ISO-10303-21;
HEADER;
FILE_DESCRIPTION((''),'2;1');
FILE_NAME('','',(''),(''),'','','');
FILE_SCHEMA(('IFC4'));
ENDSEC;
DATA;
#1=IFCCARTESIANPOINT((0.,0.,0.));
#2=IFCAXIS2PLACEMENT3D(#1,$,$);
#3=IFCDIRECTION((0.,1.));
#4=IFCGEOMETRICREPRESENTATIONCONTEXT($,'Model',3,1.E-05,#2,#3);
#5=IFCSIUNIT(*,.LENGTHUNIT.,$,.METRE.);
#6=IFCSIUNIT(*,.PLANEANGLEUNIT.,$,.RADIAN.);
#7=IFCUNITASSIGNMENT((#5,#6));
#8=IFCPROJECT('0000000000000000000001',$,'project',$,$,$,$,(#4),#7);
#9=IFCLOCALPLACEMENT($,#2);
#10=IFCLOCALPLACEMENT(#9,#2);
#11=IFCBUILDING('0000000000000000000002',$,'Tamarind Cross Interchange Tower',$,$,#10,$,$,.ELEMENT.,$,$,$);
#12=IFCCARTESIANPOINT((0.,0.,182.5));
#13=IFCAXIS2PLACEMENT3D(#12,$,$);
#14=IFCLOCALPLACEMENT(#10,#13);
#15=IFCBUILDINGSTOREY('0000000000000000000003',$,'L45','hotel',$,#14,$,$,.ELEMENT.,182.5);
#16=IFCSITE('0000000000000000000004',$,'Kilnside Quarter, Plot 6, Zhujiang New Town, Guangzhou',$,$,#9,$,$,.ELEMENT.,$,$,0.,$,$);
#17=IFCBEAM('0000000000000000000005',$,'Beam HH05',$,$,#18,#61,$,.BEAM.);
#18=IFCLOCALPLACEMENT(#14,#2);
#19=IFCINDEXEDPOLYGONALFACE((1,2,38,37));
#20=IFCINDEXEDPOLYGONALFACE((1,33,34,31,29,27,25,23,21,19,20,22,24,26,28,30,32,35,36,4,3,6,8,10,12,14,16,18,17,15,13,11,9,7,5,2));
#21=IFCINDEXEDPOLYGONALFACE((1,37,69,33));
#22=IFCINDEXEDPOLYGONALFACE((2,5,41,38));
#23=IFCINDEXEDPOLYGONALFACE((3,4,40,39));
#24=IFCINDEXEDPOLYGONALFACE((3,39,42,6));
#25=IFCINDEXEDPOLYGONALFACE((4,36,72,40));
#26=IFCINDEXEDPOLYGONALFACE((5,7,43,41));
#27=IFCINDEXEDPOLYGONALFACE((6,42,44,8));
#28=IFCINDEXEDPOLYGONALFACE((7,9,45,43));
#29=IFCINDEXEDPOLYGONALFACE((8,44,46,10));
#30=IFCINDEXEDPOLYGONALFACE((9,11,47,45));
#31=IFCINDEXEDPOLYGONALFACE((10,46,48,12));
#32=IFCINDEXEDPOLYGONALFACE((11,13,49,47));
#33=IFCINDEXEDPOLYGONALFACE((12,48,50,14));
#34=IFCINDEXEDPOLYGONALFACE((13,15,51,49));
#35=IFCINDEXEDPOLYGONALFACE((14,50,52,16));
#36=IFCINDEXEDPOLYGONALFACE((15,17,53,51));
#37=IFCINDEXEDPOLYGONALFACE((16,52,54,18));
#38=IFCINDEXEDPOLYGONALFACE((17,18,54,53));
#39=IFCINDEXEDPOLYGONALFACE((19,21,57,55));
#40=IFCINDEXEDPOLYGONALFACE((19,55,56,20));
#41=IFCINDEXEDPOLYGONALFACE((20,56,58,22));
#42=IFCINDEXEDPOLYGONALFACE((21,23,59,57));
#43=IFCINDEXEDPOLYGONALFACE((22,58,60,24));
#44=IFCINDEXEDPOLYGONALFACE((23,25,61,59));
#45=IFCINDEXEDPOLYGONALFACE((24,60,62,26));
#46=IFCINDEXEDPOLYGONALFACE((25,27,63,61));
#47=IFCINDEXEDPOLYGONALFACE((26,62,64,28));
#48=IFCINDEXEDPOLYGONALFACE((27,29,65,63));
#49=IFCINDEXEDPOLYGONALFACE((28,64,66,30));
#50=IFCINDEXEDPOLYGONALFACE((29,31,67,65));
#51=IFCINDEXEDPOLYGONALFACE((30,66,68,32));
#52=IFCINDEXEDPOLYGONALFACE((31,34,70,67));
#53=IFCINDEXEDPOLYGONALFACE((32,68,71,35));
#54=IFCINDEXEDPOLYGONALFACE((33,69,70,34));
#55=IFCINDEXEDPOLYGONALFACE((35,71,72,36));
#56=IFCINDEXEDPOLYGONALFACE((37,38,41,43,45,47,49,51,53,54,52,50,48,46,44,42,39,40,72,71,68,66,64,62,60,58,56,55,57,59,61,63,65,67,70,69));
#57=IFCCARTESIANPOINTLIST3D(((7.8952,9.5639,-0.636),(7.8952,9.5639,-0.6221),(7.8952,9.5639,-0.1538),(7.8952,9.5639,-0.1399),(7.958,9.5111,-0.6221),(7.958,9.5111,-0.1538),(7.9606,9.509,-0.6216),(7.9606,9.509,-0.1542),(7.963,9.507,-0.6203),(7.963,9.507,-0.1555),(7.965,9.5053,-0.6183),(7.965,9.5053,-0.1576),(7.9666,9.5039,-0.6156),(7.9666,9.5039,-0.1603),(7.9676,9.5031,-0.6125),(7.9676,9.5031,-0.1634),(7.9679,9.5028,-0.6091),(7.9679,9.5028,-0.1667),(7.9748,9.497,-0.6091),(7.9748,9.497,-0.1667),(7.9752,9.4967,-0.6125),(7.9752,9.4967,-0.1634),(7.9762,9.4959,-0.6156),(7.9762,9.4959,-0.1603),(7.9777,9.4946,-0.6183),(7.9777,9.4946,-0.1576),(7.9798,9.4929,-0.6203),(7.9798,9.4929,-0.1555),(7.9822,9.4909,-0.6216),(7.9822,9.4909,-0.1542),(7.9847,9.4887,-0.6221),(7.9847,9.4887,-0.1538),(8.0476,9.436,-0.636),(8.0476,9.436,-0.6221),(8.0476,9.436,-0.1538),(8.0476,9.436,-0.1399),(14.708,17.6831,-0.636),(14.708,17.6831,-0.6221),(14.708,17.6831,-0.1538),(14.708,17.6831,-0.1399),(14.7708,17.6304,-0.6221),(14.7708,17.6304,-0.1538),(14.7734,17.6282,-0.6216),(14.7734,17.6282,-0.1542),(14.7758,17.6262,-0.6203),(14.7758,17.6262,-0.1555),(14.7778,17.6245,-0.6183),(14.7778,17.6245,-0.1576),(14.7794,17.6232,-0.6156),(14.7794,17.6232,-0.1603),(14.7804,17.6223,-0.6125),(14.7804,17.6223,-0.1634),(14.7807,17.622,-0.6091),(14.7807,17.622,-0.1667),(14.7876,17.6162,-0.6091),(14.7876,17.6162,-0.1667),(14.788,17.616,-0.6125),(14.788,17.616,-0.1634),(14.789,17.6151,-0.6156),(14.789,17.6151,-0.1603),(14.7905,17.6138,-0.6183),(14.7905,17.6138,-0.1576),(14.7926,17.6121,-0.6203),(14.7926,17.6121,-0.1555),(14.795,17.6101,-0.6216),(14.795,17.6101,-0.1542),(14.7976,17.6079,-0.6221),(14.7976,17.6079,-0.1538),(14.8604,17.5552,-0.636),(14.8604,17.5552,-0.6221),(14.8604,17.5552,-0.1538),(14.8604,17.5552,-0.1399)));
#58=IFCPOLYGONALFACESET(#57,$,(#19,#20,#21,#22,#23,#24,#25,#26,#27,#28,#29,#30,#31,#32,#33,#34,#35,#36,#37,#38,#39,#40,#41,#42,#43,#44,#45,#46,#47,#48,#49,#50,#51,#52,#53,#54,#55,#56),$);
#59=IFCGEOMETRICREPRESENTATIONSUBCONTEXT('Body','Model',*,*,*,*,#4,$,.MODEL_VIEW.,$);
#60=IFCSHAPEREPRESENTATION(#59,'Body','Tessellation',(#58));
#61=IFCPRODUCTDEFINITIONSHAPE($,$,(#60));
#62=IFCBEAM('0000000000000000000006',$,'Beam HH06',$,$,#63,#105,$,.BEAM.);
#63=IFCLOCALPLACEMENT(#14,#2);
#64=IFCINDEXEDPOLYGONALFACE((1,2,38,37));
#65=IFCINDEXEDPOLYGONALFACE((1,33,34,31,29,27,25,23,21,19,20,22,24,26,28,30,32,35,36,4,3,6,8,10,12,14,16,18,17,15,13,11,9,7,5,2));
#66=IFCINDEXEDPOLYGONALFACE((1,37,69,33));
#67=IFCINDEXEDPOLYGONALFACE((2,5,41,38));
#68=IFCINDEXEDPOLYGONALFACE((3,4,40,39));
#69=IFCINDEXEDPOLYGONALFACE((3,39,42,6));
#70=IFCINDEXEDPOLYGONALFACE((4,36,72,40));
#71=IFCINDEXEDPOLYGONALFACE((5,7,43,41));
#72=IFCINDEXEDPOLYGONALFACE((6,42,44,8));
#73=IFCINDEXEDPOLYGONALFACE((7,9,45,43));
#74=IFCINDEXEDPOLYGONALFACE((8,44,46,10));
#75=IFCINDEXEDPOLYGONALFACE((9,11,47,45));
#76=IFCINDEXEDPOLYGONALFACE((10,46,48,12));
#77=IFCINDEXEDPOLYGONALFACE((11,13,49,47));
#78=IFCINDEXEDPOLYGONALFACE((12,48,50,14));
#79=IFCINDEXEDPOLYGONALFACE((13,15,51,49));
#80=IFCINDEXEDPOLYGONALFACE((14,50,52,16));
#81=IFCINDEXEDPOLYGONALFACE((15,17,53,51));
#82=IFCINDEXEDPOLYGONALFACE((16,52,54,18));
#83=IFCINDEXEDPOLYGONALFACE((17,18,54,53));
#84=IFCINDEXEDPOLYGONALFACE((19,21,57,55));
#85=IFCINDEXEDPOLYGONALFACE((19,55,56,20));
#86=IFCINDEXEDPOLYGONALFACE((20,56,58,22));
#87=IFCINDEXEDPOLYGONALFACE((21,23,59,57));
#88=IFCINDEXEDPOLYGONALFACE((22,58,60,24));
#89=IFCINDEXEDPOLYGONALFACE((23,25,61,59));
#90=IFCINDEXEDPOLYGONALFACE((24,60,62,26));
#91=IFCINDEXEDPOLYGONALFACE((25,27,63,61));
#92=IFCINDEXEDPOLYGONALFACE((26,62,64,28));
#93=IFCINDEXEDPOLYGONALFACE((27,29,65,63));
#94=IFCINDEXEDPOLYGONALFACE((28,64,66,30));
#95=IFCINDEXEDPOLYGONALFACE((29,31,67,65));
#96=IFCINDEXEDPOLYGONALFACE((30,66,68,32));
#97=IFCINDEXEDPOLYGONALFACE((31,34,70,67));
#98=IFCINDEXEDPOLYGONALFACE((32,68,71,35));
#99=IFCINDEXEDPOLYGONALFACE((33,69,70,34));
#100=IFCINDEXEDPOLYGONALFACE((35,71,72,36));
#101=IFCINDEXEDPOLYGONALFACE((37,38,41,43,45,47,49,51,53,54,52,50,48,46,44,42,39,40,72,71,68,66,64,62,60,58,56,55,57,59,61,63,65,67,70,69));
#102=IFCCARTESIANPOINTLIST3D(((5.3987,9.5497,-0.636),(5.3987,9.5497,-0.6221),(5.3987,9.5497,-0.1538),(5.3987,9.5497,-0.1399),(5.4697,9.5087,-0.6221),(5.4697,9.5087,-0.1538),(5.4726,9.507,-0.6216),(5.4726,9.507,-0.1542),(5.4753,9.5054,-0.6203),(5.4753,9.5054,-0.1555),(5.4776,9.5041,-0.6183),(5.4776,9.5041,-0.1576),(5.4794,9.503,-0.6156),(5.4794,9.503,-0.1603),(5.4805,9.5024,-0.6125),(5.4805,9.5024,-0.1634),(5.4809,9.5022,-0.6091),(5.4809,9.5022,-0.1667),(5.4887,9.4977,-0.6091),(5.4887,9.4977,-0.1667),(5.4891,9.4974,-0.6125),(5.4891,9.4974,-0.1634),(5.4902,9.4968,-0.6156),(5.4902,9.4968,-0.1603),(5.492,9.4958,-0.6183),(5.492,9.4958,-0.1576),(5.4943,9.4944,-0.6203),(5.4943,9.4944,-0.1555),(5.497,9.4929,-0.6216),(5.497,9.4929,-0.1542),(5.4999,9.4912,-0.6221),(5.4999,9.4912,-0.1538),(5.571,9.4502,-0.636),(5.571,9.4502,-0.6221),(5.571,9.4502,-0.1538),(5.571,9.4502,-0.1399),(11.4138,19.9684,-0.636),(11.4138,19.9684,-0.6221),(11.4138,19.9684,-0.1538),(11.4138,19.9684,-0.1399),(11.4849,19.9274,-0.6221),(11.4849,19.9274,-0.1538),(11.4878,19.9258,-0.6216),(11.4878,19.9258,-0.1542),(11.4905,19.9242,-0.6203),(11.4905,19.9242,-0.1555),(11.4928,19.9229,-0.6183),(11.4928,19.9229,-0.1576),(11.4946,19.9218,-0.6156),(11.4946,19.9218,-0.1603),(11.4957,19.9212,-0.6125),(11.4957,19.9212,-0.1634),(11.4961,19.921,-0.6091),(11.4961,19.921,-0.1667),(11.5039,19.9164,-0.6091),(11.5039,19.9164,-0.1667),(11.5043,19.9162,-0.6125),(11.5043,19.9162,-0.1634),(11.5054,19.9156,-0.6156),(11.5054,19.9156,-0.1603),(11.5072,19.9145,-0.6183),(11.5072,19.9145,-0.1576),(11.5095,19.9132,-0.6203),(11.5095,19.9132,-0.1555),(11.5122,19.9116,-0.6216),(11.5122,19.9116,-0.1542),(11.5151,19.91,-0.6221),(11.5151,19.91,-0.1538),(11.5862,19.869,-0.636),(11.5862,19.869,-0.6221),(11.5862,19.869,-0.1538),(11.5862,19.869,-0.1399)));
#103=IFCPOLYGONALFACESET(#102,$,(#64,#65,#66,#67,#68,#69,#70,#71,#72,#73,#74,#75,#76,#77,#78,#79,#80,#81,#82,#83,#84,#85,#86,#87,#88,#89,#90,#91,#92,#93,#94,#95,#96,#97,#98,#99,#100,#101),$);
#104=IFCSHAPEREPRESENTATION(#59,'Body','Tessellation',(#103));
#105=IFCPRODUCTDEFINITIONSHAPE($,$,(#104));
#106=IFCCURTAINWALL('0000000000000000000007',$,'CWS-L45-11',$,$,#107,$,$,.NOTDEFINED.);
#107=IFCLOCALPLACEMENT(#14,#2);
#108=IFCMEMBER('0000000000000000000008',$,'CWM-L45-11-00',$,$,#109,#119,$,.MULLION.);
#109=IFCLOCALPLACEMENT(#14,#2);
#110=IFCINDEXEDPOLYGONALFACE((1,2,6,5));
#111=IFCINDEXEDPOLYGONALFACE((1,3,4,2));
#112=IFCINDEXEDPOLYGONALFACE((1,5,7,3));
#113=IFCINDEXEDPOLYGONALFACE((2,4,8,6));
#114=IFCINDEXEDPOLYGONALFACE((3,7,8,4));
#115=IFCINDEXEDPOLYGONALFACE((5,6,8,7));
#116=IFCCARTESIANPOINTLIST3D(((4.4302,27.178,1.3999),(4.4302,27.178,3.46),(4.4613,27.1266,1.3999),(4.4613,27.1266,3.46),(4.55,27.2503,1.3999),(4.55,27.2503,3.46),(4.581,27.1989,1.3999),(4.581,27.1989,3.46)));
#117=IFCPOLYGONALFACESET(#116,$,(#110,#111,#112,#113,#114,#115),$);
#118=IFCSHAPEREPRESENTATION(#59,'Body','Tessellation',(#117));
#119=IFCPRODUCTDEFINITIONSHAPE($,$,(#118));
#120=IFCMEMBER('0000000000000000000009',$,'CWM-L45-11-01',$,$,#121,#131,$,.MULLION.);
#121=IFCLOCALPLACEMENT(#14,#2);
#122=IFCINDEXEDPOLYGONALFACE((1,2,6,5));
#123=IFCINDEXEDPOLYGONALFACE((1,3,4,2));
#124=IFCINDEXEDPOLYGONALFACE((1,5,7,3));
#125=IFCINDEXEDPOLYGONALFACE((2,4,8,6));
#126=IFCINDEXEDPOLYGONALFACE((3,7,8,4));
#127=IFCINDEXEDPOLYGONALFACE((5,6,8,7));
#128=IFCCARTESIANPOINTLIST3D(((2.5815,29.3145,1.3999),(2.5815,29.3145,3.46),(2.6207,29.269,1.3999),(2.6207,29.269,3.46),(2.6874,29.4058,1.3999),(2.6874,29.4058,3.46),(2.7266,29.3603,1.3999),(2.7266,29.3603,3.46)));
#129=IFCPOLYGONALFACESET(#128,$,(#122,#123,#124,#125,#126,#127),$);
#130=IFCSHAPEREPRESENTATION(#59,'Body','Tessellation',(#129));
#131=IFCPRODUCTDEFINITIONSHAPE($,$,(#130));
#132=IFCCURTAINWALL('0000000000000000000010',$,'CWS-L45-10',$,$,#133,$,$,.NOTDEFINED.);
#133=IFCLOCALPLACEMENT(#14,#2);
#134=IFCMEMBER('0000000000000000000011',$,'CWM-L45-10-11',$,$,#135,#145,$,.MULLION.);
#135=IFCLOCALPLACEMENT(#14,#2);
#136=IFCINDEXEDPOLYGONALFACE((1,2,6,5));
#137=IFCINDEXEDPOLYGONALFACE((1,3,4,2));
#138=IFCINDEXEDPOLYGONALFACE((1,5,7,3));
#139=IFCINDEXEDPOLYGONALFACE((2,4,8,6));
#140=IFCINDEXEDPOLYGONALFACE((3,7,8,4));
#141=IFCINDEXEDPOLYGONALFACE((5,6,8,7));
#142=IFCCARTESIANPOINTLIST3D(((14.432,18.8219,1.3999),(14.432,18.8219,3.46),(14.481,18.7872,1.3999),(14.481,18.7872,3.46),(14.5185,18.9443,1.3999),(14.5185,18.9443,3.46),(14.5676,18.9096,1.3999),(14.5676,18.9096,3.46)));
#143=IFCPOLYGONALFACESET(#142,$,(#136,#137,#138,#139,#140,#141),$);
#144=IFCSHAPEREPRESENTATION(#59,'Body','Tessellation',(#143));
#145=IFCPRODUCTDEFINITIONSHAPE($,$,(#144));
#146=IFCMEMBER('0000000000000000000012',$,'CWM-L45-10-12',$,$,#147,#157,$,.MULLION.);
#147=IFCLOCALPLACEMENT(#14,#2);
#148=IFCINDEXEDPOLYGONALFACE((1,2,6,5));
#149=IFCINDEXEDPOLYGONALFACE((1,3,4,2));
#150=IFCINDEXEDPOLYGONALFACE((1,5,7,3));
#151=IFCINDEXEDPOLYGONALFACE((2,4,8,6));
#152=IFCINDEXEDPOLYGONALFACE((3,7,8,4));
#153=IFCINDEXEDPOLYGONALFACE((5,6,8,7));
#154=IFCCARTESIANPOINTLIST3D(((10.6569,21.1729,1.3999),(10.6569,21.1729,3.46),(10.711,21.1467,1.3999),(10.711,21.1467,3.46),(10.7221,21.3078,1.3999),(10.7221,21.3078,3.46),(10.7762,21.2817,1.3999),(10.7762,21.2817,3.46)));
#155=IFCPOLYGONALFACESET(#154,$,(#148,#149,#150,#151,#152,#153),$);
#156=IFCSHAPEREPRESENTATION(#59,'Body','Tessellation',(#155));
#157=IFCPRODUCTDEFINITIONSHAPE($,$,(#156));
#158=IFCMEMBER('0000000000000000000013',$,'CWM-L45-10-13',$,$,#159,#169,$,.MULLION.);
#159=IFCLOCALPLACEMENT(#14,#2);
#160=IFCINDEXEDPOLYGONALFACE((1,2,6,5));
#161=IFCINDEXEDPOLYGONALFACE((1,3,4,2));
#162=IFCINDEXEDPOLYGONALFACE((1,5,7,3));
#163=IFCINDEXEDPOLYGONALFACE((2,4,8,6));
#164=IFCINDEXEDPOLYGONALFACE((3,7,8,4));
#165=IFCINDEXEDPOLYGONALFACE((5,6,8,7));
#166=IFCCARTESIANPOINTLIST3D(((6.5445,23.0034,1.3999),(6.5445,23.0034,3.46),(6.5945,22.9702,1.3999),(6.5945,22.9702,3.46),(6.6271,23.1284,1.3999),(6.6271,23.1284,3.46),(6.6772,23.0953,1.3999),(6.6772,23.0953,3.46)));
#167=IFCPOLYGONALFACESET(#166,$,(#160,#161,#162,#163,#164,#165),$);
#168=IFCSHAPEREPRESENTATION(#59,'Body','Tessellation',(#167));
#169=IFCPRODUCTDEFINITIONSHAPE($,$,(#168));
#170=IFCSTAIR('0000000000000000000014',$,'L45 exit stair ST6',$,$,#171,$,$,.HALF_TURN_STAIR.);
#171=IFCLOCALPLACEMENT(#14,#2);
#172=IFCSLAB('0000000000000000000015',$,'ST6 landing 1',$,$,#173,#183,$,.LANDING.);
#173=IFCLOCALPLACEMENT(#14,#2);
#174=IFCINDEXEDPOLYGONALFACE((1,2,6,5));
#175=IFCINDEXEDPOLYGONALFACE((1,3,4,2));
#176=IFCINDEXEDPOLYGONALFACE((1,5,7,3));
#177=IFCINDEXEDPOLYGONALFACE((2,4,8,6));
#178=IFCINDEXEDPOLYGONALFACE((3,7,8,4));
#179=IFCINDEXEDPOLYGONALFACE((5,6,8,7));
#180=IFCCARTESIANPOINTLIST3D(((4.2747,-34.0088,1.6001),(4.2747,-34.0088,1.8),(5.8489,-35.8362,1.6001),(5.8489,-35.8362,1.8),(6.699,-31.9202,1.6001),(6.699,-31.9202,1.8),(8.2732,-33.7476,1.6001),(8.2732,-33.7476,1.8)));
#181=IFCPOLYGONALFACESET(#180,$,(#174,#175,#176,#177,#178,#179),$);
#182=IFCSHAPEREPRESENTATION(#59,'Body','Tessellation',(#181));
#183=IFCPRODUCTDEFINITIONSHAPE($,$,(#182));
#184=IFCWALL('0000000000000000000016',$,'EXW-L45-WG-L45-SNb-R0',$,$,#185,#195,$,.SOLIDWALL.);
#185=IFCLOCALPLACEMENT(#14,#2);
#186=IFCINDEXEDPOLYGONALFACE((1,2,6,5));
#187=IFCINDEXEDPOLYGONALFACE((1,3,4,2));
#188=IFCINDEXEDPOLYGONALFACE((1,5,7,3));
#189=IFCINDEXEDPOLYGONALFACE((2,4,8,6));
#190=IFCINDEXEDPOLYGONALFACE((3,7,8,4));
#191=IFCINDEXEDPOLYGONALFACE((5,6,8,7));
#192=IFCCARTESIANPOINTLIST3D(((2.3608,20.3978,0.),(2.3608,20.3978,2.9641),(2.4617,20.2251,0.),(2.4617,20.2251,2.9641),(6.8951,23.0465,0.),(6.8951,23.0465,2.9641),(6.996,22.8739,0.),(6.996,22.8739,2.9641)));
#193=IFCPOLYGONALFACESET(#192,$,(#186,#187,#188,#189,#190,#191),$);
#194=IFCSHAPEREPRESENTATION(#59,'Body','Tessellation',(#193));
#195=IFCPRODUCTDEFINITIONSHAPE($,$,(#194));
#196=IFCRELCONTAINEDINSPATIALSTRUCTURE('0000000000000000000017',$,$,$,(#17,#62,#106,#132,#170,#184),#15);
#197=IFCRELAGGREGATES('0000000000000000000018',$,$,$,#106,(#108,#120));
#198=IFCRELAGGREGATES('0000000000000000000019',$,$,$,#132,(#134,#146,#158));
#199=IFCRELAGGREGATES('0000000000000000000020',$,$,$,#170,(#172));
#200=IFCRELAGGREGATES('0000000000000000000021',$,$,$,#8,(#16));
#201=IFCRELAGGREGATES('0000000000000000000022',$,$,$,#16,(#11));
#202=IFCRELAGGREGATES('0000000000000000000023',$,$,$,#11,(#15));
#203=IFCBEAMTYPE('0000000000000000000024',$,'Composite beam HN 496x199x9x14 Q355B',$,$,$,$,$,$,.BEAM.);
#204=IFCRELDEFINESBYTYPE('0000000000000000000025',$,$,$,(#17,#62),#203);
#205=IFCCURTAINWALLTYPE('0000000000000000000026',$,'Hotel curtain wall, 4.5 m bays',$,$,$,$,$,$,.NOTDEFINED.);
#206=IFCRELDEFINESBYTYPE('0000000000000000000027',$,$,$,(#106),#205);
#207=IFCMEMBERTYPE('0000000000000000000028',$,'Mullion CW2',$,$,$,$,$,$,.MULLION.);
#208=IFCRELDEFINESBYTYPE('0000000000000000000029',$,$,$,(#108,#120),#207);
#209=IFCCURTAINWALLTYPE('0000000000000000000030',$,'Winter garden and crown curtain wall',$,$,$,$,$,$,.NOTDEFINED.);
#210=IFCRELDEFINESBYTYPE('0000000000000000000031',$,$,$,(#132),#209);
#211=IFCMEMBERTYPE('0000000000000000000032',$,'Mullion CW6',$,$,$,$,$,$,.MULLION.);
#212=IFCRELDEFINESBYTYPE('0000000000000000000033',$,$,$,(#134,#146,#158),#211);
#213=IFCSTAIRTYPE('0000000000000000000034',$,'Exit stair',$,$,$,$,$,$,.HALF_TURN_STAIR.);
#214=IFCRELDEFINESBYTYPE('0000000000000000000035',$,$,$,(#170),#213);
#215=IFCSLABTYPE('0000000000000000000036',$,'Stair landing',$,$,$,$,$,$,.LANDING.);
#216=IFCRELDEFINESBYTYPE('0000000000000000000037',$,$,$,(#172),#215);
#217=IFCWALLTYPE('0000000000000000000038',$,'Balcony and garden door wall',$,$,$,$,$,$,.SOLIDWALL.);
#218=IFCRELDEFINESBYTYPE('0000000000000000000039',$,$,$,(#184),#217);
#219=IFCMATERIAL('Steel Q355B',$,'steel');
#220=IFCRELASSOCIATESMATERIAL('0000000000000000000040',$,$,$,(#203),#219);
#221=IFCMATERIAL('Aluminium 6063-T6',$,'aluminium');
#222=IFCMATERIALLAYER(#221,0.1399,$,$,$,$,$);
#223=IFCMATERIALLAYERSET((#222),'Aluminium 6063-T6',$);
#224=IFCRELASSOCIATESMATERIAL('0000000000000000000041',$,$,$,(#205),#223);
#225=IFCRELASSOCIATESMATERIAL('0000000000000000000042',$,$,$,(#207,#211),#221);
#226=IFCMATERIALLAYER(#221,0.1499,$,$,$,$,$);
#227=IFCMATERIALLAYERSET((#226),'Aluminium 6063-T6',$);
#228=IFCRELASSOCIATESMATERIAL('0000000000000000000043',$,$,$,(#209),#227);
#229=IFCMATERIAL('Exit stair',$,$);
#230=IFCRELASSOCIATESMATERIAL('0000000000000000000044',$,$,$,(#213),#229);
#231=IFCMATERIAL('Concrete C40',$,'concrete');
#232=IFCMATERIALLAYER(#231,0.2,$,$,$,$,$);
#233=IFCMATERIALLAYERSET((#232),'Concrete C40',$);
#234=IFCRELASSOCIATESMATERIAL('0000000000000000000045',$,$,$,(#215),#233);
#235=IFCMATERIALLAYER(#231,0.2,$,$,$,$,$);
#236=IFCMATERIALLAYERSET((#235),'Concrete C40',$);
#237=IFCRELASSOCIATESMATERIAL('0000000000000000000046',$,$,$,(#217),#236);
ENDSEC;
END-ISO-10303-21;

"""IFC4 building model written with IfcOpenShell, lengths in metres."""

from ifc_helpers import new_model, si_unit, direction, frame, frame_2d, origin, origin_2d, place, context, subcontext, project, spatial, polyline, rectangle, i_section, outline, extrude, material, layer, layer_set, material_profile, profile_set, type_object, element, aggregate, save


model = new_model("IFC4")

# Units and contexts
model_context = context("Model", 3, precision=1e-05, world=origin(), true_north=direction((0.0, 1.0)))
body_context = subcontext(model_context, "Body", "Model", "MODEL_VIEW")
ifc_project = project(units=[si_unit("LENGTHUNIT", "METRE"), si_unit("PLANEANGLEUNIT", "RADIAN")], contexts=[model_context])

# Site, building, storey
site_placement = place(None, origin())
site = spatial("IfcSite", under=ifc_project, at=site_placement, Name="Kilnside Quarter, Plot 6, Zhujiang New Town, Guangzhou", CompositionType="ELEMENT", RefElevation=0.0)
building_placement = place(site_placement, origin())
building = spatial("IfcBuilding", under=site, at=building_placement, Name="Tamarind Cross Interchange Tower", CompositionType="ELEMENT")
storey_placement = place(building_placement, frame((0.0, 0.0, 182.5)))
storey = spatial("IfcBuildingStorey", under=building, at=storey_placement, Name="L45", Description="hotel", CompositionType="ELEMENT", Elevation=182.5)

# Beams
ifc_material_1 = material(Name="Steel Q355B", Category="steel")
ifc_material_profile_1 = material_profile(ifc_material_1, i_section(OverallWidth=0.199, OverallDepth=0.4961, WebThickness=0.009, FlangeThickness=0.0139, FilletRadius=0.0129, at=origin_2d()), Name="HN 496x199x9x14")
ifc_profile_set_1 = profile_set([ifc_material_profile_1], Name="Steel Q355B")
beam_type = type_object("IfcBeamType", Name="Composite beam HN 496x199x9x14 Q355B", PredefinedType="BEAM", material=ifc_profile_set_1)
beam_1_placement = place(storey_placement, frame((14.7842, 17.6191, -0.3879), z_axis=(-0.642786, -0.766046, 0.0), x_axis=(0.766046, -0.642786, 0.0)))
element("IfcBeam", 1, at=beam_1_placement, inside=storey, type_object=beam_type, Name="Beam HH05", PredefinedType="BEAM", context=body_context, shape_type="SweptSolid", body=[
    extrude(i_section(OverallWidth=0.199, OverallDepth=0.4961, WebThickness=0.009, FlangeThickness=0.0139, FilletRadius=0.0129, at=origin_2d()), origin(), (0.0, 0.0, 1.0), 10.5989),
])
beam_2_placement = place(storey_placement, frame((11.5, 19.9187, -0.3879), z_axis=(-0.499994, -0.866029, 0.0), x_axis=(0.866029, -0.499994, 0.0)))
element("IfcBeam", 2, at=beam_2_placement, inside=storey, type_object=beam_type, Name="Beam HH06", PredefinedType="BEAM", context=body_context, shape_type="SweptSolid", body=[
    extrude(i_section(OverallWidth=0.199, OverallDepth=0.4961, WebThickness=0.009, FlangeThickness=0.0139, FilletRadius=0.0129, at=origin_2d()), origin(), (0.0, 0.0, 1.0), 12.0305),
])

# Curtain walls, members
ifc_material_2 = material(Name="Aluminium 6063-T6", Category="aluminium")
ifc_layer_1 = layer(ifc_material_2, 0.1399)
ifc_layer_set_1 = layer_set([ifc_layer_1], Name="Aluminium 6063-T6")
curtain_wall_type_1 = type_object("IfcCurtainWallType", Name="Hotel curtain wall, 4.5 m bays", PredefinedType="NOTDEFINED", material=ifc_layer_set_1)
curtain_wall_1_placement = place(storey_placement, origin())
curtain_wall_1 = element("IfcCurtainWall", 3, at=curtain_wall_1_placement, inside=storey, type_object=curtain_wall_type_1, Name="CWS-L45-11", PredefinedType="NOTDEFINED")
ifc_material_profile_2 = material_profile(ifc_material_2, rectangle(XDim=0.0601, YDim=0.1399, at=origin_2d()), Name="Mullion CW2")
ifc_profile_set_2 = profile_set([ifc_material_profile_2], Name="Aluminium 6063-T6")
member_type_1 = type_object("IfcMemberType", Name="Mullion CW2", PredefinedType="MULLION", material=ifc_profile_set_2)
member_1_placement = place(storey_placement, frame((4.5056, 27.1885, 1.3999), z_axis=(0.0, 0.0, 1.0), x_axis=(-0.516764, 0.856128, 0.0)))
member_1 = element("IfcMember", 4, at=member_1_placement, type_object=member_type_1, Name="CWM-L45-11-00", PredefinedType="MULLION", context=body_context, shape_type="SweptSolid", body=[
    extrude(rectangle(XDim=0.0601, YDim=0.1399, at=origin_2d()), origin(), (0.0, 0.0, 1.0), 2.0601),
])
member_2_placement = place(storey_placement, frame((2.6541, 29.3374, 1.3999), z_axis=(0.0, 0.0, 1.0), x_axis=(-0.652723, 0.757597, 0.0)))
member_2 = element("IfcMember", 5, at=member_2_placement, type_object=member_type_1, Name="CWM-L45-11-01", PredefinedType="MULLION", context=body_context, shape_type="SweptSolid", body=[
    extrude(rectangle(XDim=0.0601, YDim=0.1399, at=origin_2d()), origin(), (0.0, 0.0, 1.0), 2.0601),
])
aggregate(curtain_wall_1, [member_1, member_2])
ifc_layer_2 = layer(ifc_material_2, 0.1499)
ifc_layer_set_2 = layer_set([ifc_layer_2], Name="Aluminium 6063-T6")
curtain_wall_type_2 = type_object("IfcCurtainWallType", Name="Winter garden and crown curtain wall", PredefinedType="NOTDEFINED", material=ifc_layer_set_2)
curtain_wall_2_placement = place(storey_placement, origin())
curtain_wall_2 = element("IfcCurtainWall", 6, at=curtain_wall_2_placement, inside=storey, type_object=curtain_wall_type_2, Name="CWS-L45-10", PredefinedType="NOTDEFINED")
ifc_material_profile_3 = material_profile(ifc_material_2, rectangle(XDim=0.0601, YDim=0.1499, at=origin_2d()), Name="Mullion CW6")
ifc_profile_set_3 = profile_set([ifc_material_profile_3], Name="Aluminium 6063-T6")
member_type_2 = type_object("IfcMemberType", Name="Mullion CW6", PredefinedType="MULLION", material=ifc_profile_set_3)
member_3_placement = place(storey_placement, frame((14.4998, 18.8657, 1.3999), z_axis=(0.0, 0.0, 1.0), x_axis=(-0.816342, 0.577569, 0.0)))
member_3 = element("IfcMember", 7, at=member_3_placement, type_object=member_type_2, Name="CWM-L45-10-11", PredefinedType="MULLION", context=body_context, shape_type="SweptSolid", body=[
    extrude(rectangle(XDim=0.0601, YDim=0.1499, at=origin_2d()), origin(), (0.0, 0.0, 1.0), 2.0601),
])
member_4_placement = place(storey_placement, frame((10.7166, 21.2273, 1.3999), z_axis=(0.0, 0.0, 1.0), x_axis=(-0.900273, 0.435326, 0.0)))
member_4 = element("IfcMember", 8, at=member_4_placement, type_object=member_type_2, Name="CWM-L45-10-12", PredefinedType="MULLION", context=body_context, shape_type="SweptSolid", body=[
    extrude(rectangle(XDim=0.0601, YDim=0.1499, at=origin_2d()), origin(), (0.0, 0.0, 1.0), 2.0601),
])
member_5_placement = place(storey_placement, frame((6.6108, 23.0493, 1.3999), z_axis=(0.0, 0.0, 1.0), x_axis=(-0.834137, 0.551557, 0.0)))
member_5 = element("IfcMember", 9, at=member_5_placement, type_object=member_type_2, Name="CWM-L45-10-13", PredefinedType="MULLION", context=body_context, shape_type="SweptSolid", body=[
    extrude(rectangle(XDim=0.0601, YDim=0.1499, at=origin_2d()), origin(), (0.0, 0.0, 1.0), 2.0601),
])
aggregate(curtain_wall_2, [member_3, member_4, member_5])

# Stair, slab
ifc_material_3 = material(Name="Exit stair")
stair_type = type_object("IfcStairType", Name="Exit stair", PredefinedType="HALF_TURN_STAIR", material=ifc_material_3)
stair_placement = place(storey_placement, origin())
stair = element("IfcStair", 10, at=stair_placement, inside=storey, type_object=stair_type, Name="L45 exit stair ST6", PredefinedType="HALF_TURN_STAIR")
ifc_material_4 = material(Name="Concrete C40", Category="concrete")
ifc_layer_3 = layer(ifc_material_4, 0.2)
ifc_layer_set_3 = layer_set([ifc_layer_3], Name="Concrete C40")
slab_type = type_object("IfcSlabType", Name="Stair landing", PredefinedType="LANDING", material=ifc_layer_set_3)
slab_placement = place(storey_placement, frame((0.0, 0.0, 1.6001)))
slab = element("IfcSlab", 11, at=slab_placement, type_object=slab_type, Name="ST6 landing 1", PredefinedType="LANDING", context=body_context, shape_type="SweptSolid", body=[
    extrude(outline(polyline([(4.2747, -34.0088), (5.8489, -35.8362), (8.2732, -33.7476), (6.699, -31.9202), (4.2747, -34.0088)])), origin(), (0.0, 0.0, 1.0), 0.2),
])
aggregate(stair, [slab])

# Shared definitions
ifc_layer_4 = layer(ifc_material_4, 0.2)
ifc_layer_set_4 = layer_set([ifc_layer_4], Name="Concrete C40")
wall_type_1 = type_object("IfcWallType", Name="Balcony and garden door wall", PredefinedType="SOLIDWALL", material=ifc_layer_set_4)

# Wall
wall_1_placement = place(storey_placement, frame((2.4114, 20.3115, 0.0), z_axis=(0.0, 0.0, 1.0), x_axis=(0.863468, 0.504403, 0.0)))
element("IfcWall", 12, at=wall_1_placement, inside=storey, type_object=wall_type_1, Name="EXW-L45-WG-L45-SNb-R0", PredefinedType="SOLIDWALL", context=body_context, shape_type="SweptSolid", body=[
    extrude(rectangle(XDim=5.2512, YDim=0.2, at=frame_2d((2.6255, 0.0))), origin(), (0.0, 0.0, 1.0), 2.9641),
])

save(model, "model.ifc")
